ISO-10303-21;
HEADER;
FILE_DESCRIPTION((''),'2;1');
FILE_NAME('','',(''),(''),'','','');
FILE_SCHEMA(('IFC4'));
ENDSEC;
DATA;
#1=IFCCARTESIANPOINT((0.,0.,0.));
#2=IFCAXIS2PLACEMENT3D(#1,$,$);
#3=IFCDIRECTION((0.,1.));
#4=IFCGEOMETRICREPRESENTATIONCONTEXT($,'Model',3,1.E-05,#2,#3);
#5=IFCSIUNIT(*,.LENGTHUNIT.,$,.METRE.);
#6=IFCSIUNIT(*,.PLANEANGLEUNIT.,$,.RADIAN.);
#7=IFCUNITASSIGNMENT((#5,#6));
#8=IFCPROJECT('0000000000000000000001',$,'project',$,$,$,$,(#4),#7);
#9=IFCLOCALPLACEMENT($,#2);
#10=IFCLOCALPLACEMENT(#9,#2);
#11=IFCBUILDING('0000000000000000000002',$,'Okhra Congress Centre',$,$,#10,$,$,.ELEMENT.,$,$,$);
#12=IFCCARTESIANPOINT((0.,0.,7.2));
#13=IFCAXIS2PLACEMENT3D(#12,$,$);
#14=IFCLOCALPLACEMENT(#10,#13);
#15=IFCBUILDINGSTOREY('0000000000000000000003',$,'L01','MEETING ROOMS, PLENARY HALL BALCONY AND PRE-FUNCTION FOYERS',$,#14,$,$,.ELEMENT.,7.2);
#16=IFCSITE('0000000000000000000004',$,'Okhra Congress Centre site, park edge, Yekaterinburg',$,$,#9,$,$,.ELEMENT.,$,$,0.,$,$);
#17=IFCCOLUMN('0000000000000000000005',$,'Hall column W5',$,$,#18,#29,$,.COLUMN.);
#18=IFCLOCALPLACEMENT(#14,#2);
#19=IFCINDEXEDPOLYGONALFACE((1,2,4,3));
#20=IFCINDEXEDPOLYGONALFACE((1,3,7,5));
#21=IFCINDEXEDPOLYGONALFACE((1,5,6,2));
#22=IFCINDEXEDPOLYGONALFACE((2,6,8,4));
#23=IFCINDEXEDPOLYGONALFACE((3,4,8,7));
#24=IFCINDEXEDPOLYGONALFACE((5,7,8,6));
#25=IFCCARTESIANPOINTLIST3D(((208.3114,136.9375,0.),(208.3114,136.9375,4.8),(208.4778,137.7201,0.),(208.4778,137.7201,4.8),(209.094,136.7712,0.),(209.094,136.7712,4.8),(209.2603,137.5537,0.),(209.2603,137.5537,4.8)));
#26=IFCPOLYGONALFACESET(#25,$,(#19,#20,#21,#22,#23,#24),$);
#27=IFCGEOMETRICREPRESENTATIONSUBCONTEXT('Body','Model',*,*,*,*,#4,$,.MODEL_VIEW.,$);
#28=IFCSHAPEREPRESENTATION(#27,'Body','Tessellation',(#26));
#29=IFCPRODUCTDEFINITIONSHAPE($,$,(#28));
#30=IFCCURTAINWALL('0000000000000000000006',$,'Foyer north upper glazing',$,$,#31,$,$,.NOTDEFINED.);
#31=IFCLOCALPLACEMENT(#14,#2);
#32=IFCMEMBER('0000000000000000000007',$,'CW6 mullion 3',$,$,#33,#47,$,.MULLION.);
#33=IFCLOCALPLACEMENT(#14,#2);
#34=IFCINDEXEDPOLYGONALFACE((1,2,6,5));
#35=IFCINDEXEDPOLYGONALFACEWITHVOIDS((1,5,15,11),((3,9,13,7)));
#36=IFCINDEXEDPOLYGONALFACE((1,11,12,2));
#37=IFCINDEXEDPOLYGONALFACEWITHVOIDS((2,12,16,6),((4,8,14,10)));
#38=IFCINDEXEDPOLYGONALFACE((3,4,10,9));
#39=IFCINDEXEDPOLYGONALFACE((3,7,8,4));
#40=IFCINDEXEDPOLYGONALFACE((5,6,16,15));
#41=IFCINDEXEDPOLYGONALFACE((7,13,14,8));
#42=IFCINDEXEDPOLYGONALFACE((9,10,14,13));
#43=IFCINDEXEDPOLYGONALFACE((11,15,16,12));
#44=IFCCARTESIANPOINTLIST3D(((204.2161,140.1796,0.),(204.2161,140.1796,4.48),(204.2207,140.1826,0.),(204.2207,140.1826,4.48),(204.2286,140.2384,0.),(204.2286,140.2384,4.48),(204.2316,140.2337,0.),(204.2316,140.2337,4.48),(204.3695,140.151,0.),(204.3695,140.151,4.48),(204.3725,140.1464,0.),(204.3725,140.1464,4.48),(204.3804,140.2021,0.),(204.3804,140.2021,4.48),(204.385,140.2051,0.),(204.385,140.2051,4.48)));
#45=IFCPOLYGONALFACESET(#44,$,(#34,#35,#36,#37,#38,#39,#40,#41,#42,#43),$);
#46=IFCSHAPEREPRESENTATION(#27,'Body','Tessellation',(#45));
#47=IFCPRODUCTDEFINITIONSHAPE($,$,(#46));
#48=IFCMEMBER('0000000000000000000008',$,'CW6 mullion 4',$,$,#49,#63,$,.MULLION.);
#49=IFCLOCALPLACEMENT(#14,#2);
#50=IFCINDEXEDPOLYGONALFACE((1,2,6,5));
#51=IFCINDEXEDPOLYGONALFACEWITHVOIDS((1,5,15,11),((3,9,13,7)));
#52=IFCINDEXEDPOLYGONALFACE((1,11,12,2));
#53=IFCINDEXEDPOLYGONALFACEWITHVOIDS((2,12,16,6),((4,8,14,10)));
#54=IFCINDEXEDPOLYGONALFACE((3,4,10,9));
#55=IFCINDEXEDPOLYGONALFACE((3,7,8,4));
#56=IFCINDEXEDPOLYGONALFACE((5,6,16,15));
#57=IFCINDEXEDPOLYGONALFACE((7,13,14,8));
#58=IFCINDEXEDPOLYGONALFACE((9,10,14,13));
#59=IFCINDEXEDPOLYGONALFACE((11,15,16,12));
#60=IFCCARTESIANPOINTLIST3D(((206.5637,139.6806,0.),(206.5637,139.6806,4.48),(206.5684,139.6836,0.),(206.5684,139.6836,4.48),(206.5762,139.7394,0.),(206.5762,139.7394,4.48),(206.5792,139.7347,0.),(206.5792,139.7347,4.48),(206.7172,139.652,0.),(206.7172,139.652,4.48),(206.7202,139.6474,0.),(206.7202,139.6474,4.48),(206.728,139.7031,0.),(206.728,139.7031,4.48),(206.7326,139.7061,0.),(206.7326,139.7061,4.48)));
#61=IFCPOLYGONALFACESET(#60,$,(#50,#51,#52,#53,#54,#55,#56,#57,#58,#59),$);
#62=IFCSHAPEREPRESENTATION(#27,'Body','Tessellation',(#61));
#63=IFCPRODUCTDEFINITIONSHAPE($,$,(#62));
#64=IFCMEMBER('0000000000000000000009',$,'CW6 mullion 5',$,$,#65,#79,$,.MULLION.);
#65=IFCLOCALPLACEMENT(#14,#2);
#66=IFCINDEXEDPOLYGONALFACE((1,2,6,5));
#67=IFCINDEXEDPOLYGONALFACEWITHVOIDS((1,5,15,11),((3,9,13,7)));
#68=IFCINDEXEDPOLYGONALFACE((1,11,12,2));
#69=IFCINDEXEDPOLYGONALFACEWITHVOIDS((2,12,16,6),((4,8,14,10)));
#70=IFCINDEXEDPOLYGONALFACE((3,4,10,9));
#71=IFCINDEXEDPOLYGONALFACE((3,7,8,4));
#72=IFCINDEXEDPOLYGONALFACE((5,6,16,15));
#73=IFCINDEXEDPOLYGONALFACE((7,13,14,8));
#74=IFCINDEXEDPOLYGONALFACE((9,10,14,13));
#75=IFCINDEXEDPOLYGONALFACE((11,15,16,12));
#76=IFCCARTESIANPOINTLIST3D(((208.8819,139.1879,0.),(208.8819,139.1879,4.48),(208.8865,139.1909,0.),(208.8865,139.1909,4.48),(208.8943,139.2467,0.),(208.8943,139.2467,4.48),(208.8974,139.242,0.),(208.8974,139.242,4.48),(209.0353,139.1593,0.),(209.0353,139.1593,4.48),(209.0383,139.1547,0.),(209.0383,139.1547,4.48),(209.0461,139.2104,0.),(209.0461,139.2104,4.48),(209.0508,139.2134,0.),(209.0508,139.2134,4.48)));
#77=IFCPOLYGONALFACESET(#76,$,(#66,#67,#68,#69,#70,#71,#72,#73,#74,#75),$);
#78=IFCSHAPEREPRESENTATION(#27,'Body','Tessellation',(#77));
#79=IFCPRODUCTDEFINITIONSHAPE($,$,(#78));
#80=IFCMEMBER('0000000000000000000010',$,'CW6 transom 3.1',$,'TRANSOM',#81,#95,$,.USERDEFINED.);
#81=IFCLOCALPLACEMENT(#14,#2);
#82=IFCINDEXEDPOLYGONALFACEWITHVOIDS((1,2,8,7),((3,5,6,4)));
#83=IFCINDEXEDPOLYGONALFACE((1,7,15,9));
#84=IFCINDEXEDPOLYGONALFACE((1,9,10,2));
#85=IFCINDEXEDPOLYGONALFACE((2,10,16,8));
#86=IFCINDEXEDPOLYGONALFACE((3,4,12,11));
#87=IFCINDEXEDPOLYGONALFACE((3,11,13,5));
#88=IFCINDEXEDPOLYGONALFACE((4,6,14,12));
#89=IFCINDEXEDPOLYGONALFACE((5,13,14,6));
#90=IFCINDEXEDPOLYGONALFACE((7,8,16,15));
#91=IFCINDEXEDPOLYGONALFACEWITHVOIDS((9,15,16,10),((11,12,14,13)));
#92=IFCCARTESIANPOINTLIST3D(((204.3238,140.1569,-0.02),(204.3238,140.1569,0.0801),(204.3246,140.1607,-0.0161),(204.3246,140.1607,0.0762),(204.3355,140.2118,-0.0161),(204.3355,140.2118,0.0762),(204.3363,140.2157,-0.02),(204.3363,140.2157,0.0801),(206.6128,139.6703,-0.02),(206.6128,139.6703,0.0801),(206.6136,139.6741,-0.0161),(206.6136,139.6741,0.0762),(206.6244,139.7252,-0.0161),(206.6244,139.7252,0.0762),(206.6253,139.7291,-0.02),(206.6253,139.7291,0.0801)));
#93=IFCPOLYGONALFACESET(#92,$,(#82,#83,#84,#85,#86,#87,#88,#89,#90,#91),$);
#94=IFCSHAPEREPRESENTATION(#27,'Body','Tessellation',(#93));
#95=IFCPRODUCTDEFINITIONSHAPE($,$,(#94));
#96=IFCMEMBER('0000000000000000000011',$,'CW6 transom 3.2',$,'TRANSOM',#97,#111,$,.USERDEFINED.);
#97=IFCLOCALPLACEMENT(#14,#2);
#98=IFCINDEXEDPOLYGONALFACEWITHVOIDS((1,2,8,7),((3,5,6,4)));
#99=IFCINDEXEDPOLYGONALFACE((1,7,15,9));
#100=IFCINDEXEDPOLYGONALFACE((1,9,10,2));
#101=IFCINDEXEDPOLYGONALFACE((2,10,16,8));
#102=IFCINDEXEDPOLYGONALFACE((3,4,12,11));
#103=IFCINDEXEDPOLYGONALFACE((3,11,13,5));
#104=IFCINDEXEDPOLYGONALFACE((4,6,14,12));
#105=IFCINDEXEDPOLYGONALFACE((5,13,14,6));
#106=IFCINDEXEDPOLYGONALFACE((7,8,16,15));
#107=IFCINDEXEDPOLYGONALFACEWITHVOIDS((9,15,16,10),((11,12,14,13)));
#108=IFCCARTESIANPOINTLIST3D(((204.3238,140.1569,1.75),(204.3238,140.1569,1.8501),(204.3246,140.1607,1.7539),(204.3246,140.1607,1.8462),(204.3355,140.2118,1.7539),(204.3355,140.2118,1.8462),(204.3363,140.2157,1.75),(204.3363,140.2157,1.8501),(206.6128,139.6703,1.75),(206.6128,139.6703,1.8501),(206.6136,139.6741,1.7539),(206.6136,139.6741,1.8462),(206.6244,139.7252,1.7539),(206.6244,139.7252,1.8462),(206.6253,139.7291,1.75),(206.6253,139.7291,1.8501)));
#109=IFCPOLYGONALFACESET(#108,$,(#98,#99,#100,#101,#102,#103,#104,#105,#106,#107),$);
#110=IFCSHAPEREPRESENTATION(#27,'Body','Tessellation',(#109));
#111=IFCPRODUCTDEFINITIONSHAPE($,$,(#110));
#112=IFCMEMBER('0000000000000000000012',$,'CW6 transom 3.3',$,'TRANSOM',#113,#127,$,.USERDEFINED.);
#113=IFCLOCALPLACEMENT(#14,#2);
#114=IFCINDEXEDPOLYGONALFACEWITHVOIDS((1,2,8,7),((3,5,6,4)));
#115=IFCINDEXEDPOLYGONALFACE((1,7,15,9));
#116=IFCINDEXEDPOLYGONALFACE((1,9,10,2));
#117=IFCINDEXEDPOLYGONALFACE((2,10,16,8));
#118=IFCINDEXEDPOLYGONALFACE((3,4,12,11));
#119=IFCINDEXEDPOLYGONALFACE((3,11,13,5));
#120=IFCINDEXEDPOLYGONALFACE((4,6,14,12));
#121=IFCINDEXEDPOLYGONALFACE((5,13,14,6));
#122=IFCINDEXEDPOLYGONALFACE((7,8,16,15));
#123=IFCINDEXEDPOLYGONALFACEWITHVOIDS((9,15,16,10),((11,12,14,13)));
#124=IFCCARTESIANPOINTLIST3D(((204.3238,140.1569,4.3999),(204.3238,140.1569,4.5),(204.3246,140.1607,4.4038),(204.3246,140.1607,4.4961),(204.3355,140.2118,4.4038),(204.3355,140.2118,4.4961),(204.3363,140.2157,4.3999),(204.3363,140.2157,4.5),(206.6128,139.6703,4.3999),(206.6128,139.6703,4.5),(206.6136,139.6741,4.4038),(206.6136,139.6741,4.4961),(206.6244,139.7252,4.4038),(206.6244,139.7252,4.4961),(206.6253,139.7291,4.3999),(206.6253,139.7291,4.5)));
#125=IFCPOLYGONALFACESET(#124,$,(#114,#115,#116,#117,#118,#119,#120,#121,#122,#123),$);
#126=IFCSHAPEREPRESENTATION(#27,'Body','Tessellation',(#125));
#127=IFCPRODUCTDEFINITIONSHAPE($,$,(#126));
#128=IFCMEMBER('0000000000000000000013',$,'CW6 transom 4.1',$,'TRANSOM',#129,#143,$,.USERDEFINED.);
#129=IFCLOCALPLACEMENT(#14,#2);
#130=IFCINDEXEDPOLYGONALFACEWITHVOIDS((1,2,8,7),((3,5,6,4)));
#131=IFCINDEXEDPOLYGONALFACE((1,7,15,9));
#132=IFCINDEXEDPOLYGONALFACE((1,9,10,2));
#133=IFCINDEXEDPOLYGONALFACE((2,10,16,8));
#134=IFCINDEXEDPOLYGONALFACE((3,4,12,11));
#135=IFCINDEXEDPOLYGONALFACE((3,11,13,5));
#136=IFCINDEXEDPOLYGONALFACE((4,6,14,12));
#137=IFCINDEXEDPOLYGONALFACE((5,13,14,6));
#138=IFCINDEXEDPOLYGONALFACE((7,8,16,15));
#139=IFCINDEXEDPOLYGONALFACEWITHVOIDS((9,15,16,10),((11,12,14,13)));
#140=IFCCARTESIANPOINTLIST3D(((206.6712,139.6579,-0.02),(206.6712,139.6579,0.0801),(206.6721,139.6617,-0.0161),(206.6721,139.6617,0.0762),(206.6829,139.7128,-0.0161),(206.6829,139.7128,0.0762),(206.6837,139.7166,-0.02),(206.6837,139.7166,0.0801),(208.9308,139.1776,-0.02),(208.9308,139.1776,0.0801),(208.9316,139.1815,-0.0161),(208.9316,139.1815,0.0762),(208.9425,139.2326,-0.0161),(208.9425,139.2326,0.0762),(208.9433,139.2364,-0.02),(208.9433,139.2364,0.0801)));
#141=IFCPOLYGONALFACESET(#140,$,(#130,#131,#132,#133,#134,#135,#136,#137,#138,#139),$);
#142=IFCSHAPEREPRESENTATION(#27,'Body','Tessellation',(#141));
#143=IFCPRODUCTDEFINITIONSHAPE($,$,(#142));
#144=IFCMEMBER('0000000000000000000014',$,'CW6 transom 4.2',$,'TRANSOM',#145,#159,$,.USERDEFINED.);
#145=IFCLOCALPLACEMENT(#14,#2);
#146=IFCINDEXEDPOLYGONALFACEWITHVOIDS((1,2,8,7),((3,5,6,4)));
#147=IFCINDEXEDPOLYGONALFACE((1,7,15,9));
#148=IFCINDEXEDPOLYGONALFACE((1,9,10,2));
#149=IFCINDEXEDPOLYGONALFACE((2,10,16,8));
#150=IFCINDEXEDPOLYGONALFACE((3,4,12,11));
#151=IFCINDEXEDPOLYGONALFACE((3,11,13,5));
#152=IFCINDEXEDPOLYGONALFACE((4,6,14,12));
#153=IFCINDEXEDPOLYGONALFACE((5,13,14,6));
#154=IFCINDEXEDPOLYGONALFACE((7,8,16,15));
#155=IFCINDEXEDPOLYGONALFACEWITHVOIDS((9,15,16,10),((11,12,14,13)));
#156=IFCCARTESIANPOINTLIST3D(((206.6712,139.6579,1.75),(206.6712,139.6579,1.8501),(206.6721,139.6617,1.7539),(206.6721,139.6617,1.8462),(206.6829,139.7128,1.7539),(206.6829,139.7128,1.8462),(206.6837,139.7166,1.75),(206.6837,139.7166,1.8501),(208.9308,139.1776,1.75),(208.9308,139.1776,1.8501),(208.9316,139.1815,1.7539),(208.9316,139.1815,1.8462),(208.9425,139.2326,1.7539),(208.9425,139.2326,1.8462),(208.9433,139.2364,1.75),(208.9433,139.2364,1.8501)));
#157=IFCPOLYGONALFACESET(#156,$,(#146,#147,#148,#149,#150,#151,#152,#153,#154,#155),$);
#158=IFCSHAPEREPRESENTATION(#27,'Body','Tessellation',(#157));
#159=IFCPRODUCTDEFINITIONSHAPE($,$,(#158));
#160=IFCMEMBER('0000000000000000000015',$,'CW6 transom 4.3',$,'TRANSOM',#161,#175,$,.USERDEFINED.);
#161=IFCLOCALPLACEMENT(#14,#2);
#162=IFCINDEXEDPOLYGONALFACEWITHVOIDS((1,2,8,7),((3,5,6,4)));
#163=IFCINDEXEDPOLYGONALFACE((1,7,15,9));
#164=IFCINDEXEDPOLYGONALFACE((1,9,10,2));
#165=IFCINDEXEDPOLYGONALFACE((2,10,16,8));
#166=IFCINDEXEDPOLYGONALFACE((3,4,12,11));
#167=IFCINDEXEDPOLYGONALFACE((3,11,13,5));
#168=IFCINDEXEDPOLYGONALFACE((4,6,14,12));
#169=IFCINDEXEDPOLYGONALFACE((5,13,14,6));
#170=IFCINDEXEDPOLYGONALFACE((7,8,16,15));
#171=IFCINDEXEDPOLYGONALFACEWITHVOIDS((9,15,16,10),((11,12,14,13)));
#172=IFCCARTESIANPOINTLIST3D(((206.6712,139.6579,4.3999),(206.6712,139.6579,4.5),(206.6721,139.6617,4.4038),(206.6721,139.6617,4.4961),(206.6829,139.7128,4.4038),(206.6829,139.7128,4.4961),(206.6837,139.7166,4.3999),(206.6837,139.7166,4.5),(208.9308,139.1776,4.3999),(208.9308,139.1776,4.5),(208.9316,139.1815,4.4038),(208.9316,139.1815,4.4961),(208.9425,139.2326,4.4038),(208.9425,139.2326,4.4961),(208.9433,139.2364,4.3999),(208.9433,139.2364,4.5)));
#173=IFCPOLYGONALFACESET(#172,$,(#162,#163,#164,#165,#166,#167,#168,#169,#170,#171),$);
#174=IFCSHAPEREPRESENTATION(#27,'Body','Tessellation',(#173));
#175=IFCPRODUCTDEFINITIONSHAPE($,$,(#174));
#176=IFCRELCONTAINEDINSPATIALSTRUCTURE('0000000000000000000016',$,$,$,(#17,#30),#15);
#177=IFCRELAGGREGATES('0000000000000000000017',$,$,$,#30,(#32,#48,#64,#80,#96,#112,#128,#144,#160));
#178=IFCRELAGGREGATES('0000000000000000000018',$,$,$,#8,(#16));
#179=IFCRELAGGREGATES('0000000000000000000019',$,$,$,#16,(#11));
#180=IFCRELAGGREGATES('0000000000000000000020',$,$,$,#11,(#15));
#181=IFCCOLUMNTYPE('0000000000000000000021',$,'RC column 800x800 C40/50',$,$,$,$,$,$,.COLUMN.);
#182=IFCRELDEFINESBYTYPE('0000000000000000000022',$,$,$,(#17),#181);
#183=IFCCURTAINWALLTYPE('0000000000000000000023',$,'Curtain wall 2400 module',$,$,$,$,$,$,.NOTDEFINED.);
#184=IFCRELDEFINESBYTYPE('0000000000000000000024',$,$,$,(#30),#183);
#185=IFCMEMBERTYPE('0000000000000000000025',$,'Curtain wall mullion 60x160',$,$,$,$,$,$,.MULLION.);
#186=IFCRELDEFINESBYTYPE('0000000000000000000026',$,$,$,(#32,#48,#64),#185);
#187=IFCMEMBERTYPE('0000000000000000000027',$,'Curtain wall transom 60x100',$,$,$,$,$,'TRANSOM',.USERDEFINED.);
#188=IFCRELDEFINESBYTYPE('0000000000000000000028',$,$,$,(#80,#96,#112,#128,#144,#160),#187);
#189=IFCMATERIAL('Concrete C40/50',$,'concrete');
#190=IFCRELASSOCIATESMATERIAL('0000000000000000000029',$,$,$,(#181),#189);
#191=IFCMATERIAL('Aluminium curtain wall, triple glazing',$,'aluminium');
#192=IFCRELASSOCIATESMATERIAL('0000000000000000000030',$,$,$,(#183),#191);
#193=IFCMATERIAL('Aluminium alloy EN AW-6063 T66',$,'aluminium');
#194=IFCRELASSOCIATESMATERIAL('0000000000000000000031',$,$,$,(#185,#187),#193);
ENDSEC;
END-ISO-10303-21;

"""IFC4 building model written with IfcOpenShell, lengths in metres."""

from ifc_helpers import new_model, si_unit, direction, frame, origin, origin_2d, place, context, subcontext, project, spatial, rectangle, hollow_rectangle, extrude, material, material_profile, profile_set, type_object, element, aggregate, save


model = new_model("IFC4")

# Units and contexts
model_context = context("Model", 3, precision=1e-05, world=origin(), true_north=direction((0.0, 1.0)))
body_context = subcontext(model_context, "Body", "Model", "MODEL_VIEW")
ifc_project = project(units=[si_unit("LENGTHUNIT", "METRE"), si_unit("PLANEANGLEUNIT", "RADIAN")], contexts=[model_context])

# Site, building, storey
site_placement = place(None, origin())
site = spatial("IfcSite", under=ifc_project, at=site_placement, Name="Okhra Congress Centre site, park edge, Yekaterinburg", CompositionType="ELEMENT", RefElevation=0.0)
building_placement = place(site_placement, origin())
building = spatial("IfcBuilding", under=site, at=building_placement, Name="Okhra Congress Centre", CompositionType="ELEMENT")
storey_placement = place(building_placement, frame((0.0, 0.0, 7.2)))
storey = spatial("IfcBuildingStorey", under=building, at=storey_placement, Name="L01", Description="MEETING ROOMS, PLENARY HALL BALCONY AND PRE-FUNCTION FOYERS", CompositionType="ELEMENT", Elevation=7.2)

# Column
ifc_material_1 = material(Name="Concrete C40/50", Category="concrete")
ifc_material_profile_1 = material_profile(ifc_material_1, rectangle(XDim=0.8, YDim=0.8, at=origin_2d()), Name="RC 800x800")
ifc_profile_set_1 = profile_set([ifc_material_profile_1], Name="Concrete C40/50")
column_type = type_object("IfcColumnType", Name="RC column 800x800 C40/50", PredefinedType="COLUMN", material=ifc_profile_set_1)
column_placement = place(storey_placement, frame((208.7859, 137.2456, 0.0), z_axis=(0.0, 0.0, 1.0), x_axis=(0.978148, -0.207912, 0.0)))
element("IfcColumn", 1, at=column_placement, inside=storey, type_object=column_type, Name="Hall column W5", PredefinedType="COLUMN", context=body_context, shape_type="SweptSolid", body=[
    extrude(rectangle(XDim=0.8, YDim=0.8, at=origin_2d()), origin(), (0.0, 0.0, 1.0), 4.8),
])

# Curtain wall, members
ifc_material_2 = material(Name="Aluminium curtain wall, triple glazing", Category="aluminium")
curtain_wall_type = type_object("IfcCurtainWallType", Name="Curtain wall 2400 module", PredefinedType="NOTDEFINED", material=ifc_material_2)
curtain_wall_placement = place(storey_placement, origin())
curtain_wall = element("IfcCurtainWall", 2, at=curtain_wall_placement, inside=storey, type_object=curtain_wall_type, Name="Foyer north upper glazing", PredefinedType="NOTDEFINED")
ifc_material_3 = material(Name="Aluminium alloy EN AW-6063 T66", Category="aluminium")
ifc_material_profile_2 = material_profile(ifc_material_3, hollow_rectangle(XDim=0.0601, YDim=0.1599, WallThickness=0.0039, at=origin_2d()), Name="RHS 60x160x4")
ifc_profile_set_2 = profile_set([ifc_material_profile_2], Name="Aluminium alloy EN AW-6063 T66")
member_type_1 = type_object("IfcMemberType", Name="Curtain wall mullion 60x160", PredefinedType="MULLION", material=ifc_profile_set_2)
member_1_placement = place(storey_placement, frame((204.3005, 140.1924, 0.0), z_axis=(0.0, 0.0, 1.0), x_axis=(0.207912, 0.978148, 0.0)))
member_1 = element("IfcMember", 3, at=member_1_placement, type_object=member_type_1, Name="CW6 mullion 3", PredefinedType="MULLION", context=body_context, shape_type="SweptSolid", body=[
    extrude(hollow_rectangle(XDim=0.0601, YDim=0.1599, WallThickness=0.0039, at=origin_2d()), origin(), (0.0, 0.0, 1.0), 4.48),
])
member_2_placement = place(storey_placement, frame((206.6482, 139.6934, 0.0), z_axis=(0.0, 0.0, 1.0), x_axis=(0.207912, 0.978148, 0.0)))
member_2 = element("IfcMember", 4, at=member_2_placement, type_object=member_type_1, Name="CW6 mullion 4", PredefinedType="MULLION", context=body_context, shape_type="SweptSolid", body=[
    extrude(hollow_rectangle(XDim=0.0601, YDim=0.1599, WallThickness=0.0039, at=origin_2d()), origin(), (0.0, 0.0, 1.0), 4.48),
])
member_3_placement = place(storey_placement, frame((208.9663, 139.2007, 0.0), z_axis=(0.0, 0.0, 1.0), x_axis=(0.207912, 0.978148, 0.0)))
member_3 = element("IfcMember", 5, at=member_3_placement, type_object=member_type_1, Name="CW6 mullion 5", PredefinedType="MULLION", context=body_context, shape_type="SweptSolid", body=[
    extrude(hollow_rectangle(XDim=0.0601, YDim=0.1599, WallThickness=0.0039, at=origin_2d()), origin(), (0.0, 0.0, 1.0), 4.48),
])
ifc_material_profile_3 = material_profile(ifc_material_3, hollow_rectangle(XDim=0.0601, YDim=0.1001, WallThickness=0.0039, at=origin_2d()), Name="RHS 60x100x4")
ifc_profile_set_3 = profile_set([ifc_material_profile_3], Name="Aluminium alloy EN AW-6063 T66")
member_type_2 = type_object("IfcMemberType", Name="Curtain wall transom 60x100", ElementType="TRANSOM", PredefinedType="USERDEFINED", material=ifc_profile_set_3)
member_4_placement = place(storey_placement, frame((204.3301, 140.1863, 0.03), z_axis=(0.978142, -0.20794, 0.0), x_axis=(0.20794, 0.978142, 0.0)))
member_4 = element("IfcMember", 6, at=member_4_placement, type_object=member_type_2, Name="CW6 transom 3.1", ObjectType="TRANSOM", PredefinedType="USERDEFINED", context=body_context, shape_type="SweptSolid", body=[
    extrude(hollow_rectangle(XDim=0.0601, YDim=0.1001, WallThickness=0.0039, at=origin_2d()), origin(), (0.0, 0.0, 1.0), 2.3401),
])
member_5_placement = place(storey_placement, frame((204.3301, 140.1863, 1.8), z_axis=(0.978142, -0.20794, 0.0), x_axis=(0.20794, 0.978142, 0.0)))
member_5 = element("IfcMember", 7, at=member_5_placement, type_object=member_type_2, Name="CW6 transom 3.2", ObjectType="TRANSOM", PredefinedType="USERDEFINED", context=body_context, shape_type="SweptSolid", body=[
    extrude(hollow_rectangle(XDim=0.0601, YDim=0.1001, WallThickness=0.0039, at=origin_2d()), origin(), (0.0, 0.0, 1.0), 2.3401),
])
member_6_placement = place(storey_placement, frame((204.3301, 140.1863, 4.45), z_axis=(0.978142, -0.20794, 0.0), x_axis=(0.20794, 0.978142, 0.0)))
member_6 = element("IfcMember", 8, at=member_6_placement, type_object=member_type_2, Name="CW6 transom 3.3", ObjectType="TRANSOM", PredefinedType="USERDEFINED", context=body_context, shape_type="SweptSolid", body=[
    extrude(hollow_rectangle(XDim=0.0601, YDim=0.1001, WallThickness=0.0039, at=origin_2d()), origin(), (0.0, 0.0, 1.0), 2.3401),
])
member_7_placement = place(storey_placement, frame((206.6775, 139.6873, 0.03), z_axis=(0.978152, -0.20789, 0.0), x_axis=(0.20789, 0.978152, 0.0)))
member_7 = element("IfcMember", 9, at=member_7_placement, type_object=member_type_2, Name="CW6 transom 4.1", ObjectType="TRANSOM", PredefinedType="USERDEFINED", context=body_context, shape_type="SweptSolid", body=[
    extrude(hollow_rectangle(XDim=0.0601, YDim=0.1001, WallThickness=0.0039, at=origin_2d()), origin(), (0.0, 0.0, 1.0), 2.3101),
])
member_8_placement = place(storey_placement, frame((206.6775, 139.6873, 1.8), z_axis=(0.978152, -0.20789, 0.0), x_axis=(0.20789, 0.978152, 0.0)))
member_8 = element("IfcMember", 10, at=member_8_placement, type_object=member_type_2, Name="CW6 transom 4.2", ObjectType="TRANSOM", PredefinedType="USERDEFINED", context=body_context, shape_type="SweptSolid", body=[
    extrude(hollow_rectangle(XDim=0.0601, YDim=0.1001, WallThickness=0.0039, at=origin_2d()), origin(), (0.0, 0.0, 1.0), 2.3101),
])
member_9_placement = place(storey_placement, frame((206.6775, 139.6873, 4.45), z_axis=(0.978152, -0.20789, 0.0), x_axis=(0.20789, 0.978152, 0.0)))
member_9 = element("IfcMember", 11, at=member_9_placement, type_object=member_type_2, Name="CW6 transom 4.3", ObjectType="TRANSOM", PredefinedType="USERDEFINED", context=body_context, shape_type="SweptSolid", body=[
    extrude(hollow_rectangle(XDim=0.0601, YDim=0.1001, WallThickness=0.0039, at=origin_2d()), origin(), (0.0, 0.0, 1.0), 2.3101),
])

aggregate(curtain_wall, [member_1, member_2, member_3, member_4, member_5, member_6, member_7, member_8, member_9])

save(model, "model.ifc")
